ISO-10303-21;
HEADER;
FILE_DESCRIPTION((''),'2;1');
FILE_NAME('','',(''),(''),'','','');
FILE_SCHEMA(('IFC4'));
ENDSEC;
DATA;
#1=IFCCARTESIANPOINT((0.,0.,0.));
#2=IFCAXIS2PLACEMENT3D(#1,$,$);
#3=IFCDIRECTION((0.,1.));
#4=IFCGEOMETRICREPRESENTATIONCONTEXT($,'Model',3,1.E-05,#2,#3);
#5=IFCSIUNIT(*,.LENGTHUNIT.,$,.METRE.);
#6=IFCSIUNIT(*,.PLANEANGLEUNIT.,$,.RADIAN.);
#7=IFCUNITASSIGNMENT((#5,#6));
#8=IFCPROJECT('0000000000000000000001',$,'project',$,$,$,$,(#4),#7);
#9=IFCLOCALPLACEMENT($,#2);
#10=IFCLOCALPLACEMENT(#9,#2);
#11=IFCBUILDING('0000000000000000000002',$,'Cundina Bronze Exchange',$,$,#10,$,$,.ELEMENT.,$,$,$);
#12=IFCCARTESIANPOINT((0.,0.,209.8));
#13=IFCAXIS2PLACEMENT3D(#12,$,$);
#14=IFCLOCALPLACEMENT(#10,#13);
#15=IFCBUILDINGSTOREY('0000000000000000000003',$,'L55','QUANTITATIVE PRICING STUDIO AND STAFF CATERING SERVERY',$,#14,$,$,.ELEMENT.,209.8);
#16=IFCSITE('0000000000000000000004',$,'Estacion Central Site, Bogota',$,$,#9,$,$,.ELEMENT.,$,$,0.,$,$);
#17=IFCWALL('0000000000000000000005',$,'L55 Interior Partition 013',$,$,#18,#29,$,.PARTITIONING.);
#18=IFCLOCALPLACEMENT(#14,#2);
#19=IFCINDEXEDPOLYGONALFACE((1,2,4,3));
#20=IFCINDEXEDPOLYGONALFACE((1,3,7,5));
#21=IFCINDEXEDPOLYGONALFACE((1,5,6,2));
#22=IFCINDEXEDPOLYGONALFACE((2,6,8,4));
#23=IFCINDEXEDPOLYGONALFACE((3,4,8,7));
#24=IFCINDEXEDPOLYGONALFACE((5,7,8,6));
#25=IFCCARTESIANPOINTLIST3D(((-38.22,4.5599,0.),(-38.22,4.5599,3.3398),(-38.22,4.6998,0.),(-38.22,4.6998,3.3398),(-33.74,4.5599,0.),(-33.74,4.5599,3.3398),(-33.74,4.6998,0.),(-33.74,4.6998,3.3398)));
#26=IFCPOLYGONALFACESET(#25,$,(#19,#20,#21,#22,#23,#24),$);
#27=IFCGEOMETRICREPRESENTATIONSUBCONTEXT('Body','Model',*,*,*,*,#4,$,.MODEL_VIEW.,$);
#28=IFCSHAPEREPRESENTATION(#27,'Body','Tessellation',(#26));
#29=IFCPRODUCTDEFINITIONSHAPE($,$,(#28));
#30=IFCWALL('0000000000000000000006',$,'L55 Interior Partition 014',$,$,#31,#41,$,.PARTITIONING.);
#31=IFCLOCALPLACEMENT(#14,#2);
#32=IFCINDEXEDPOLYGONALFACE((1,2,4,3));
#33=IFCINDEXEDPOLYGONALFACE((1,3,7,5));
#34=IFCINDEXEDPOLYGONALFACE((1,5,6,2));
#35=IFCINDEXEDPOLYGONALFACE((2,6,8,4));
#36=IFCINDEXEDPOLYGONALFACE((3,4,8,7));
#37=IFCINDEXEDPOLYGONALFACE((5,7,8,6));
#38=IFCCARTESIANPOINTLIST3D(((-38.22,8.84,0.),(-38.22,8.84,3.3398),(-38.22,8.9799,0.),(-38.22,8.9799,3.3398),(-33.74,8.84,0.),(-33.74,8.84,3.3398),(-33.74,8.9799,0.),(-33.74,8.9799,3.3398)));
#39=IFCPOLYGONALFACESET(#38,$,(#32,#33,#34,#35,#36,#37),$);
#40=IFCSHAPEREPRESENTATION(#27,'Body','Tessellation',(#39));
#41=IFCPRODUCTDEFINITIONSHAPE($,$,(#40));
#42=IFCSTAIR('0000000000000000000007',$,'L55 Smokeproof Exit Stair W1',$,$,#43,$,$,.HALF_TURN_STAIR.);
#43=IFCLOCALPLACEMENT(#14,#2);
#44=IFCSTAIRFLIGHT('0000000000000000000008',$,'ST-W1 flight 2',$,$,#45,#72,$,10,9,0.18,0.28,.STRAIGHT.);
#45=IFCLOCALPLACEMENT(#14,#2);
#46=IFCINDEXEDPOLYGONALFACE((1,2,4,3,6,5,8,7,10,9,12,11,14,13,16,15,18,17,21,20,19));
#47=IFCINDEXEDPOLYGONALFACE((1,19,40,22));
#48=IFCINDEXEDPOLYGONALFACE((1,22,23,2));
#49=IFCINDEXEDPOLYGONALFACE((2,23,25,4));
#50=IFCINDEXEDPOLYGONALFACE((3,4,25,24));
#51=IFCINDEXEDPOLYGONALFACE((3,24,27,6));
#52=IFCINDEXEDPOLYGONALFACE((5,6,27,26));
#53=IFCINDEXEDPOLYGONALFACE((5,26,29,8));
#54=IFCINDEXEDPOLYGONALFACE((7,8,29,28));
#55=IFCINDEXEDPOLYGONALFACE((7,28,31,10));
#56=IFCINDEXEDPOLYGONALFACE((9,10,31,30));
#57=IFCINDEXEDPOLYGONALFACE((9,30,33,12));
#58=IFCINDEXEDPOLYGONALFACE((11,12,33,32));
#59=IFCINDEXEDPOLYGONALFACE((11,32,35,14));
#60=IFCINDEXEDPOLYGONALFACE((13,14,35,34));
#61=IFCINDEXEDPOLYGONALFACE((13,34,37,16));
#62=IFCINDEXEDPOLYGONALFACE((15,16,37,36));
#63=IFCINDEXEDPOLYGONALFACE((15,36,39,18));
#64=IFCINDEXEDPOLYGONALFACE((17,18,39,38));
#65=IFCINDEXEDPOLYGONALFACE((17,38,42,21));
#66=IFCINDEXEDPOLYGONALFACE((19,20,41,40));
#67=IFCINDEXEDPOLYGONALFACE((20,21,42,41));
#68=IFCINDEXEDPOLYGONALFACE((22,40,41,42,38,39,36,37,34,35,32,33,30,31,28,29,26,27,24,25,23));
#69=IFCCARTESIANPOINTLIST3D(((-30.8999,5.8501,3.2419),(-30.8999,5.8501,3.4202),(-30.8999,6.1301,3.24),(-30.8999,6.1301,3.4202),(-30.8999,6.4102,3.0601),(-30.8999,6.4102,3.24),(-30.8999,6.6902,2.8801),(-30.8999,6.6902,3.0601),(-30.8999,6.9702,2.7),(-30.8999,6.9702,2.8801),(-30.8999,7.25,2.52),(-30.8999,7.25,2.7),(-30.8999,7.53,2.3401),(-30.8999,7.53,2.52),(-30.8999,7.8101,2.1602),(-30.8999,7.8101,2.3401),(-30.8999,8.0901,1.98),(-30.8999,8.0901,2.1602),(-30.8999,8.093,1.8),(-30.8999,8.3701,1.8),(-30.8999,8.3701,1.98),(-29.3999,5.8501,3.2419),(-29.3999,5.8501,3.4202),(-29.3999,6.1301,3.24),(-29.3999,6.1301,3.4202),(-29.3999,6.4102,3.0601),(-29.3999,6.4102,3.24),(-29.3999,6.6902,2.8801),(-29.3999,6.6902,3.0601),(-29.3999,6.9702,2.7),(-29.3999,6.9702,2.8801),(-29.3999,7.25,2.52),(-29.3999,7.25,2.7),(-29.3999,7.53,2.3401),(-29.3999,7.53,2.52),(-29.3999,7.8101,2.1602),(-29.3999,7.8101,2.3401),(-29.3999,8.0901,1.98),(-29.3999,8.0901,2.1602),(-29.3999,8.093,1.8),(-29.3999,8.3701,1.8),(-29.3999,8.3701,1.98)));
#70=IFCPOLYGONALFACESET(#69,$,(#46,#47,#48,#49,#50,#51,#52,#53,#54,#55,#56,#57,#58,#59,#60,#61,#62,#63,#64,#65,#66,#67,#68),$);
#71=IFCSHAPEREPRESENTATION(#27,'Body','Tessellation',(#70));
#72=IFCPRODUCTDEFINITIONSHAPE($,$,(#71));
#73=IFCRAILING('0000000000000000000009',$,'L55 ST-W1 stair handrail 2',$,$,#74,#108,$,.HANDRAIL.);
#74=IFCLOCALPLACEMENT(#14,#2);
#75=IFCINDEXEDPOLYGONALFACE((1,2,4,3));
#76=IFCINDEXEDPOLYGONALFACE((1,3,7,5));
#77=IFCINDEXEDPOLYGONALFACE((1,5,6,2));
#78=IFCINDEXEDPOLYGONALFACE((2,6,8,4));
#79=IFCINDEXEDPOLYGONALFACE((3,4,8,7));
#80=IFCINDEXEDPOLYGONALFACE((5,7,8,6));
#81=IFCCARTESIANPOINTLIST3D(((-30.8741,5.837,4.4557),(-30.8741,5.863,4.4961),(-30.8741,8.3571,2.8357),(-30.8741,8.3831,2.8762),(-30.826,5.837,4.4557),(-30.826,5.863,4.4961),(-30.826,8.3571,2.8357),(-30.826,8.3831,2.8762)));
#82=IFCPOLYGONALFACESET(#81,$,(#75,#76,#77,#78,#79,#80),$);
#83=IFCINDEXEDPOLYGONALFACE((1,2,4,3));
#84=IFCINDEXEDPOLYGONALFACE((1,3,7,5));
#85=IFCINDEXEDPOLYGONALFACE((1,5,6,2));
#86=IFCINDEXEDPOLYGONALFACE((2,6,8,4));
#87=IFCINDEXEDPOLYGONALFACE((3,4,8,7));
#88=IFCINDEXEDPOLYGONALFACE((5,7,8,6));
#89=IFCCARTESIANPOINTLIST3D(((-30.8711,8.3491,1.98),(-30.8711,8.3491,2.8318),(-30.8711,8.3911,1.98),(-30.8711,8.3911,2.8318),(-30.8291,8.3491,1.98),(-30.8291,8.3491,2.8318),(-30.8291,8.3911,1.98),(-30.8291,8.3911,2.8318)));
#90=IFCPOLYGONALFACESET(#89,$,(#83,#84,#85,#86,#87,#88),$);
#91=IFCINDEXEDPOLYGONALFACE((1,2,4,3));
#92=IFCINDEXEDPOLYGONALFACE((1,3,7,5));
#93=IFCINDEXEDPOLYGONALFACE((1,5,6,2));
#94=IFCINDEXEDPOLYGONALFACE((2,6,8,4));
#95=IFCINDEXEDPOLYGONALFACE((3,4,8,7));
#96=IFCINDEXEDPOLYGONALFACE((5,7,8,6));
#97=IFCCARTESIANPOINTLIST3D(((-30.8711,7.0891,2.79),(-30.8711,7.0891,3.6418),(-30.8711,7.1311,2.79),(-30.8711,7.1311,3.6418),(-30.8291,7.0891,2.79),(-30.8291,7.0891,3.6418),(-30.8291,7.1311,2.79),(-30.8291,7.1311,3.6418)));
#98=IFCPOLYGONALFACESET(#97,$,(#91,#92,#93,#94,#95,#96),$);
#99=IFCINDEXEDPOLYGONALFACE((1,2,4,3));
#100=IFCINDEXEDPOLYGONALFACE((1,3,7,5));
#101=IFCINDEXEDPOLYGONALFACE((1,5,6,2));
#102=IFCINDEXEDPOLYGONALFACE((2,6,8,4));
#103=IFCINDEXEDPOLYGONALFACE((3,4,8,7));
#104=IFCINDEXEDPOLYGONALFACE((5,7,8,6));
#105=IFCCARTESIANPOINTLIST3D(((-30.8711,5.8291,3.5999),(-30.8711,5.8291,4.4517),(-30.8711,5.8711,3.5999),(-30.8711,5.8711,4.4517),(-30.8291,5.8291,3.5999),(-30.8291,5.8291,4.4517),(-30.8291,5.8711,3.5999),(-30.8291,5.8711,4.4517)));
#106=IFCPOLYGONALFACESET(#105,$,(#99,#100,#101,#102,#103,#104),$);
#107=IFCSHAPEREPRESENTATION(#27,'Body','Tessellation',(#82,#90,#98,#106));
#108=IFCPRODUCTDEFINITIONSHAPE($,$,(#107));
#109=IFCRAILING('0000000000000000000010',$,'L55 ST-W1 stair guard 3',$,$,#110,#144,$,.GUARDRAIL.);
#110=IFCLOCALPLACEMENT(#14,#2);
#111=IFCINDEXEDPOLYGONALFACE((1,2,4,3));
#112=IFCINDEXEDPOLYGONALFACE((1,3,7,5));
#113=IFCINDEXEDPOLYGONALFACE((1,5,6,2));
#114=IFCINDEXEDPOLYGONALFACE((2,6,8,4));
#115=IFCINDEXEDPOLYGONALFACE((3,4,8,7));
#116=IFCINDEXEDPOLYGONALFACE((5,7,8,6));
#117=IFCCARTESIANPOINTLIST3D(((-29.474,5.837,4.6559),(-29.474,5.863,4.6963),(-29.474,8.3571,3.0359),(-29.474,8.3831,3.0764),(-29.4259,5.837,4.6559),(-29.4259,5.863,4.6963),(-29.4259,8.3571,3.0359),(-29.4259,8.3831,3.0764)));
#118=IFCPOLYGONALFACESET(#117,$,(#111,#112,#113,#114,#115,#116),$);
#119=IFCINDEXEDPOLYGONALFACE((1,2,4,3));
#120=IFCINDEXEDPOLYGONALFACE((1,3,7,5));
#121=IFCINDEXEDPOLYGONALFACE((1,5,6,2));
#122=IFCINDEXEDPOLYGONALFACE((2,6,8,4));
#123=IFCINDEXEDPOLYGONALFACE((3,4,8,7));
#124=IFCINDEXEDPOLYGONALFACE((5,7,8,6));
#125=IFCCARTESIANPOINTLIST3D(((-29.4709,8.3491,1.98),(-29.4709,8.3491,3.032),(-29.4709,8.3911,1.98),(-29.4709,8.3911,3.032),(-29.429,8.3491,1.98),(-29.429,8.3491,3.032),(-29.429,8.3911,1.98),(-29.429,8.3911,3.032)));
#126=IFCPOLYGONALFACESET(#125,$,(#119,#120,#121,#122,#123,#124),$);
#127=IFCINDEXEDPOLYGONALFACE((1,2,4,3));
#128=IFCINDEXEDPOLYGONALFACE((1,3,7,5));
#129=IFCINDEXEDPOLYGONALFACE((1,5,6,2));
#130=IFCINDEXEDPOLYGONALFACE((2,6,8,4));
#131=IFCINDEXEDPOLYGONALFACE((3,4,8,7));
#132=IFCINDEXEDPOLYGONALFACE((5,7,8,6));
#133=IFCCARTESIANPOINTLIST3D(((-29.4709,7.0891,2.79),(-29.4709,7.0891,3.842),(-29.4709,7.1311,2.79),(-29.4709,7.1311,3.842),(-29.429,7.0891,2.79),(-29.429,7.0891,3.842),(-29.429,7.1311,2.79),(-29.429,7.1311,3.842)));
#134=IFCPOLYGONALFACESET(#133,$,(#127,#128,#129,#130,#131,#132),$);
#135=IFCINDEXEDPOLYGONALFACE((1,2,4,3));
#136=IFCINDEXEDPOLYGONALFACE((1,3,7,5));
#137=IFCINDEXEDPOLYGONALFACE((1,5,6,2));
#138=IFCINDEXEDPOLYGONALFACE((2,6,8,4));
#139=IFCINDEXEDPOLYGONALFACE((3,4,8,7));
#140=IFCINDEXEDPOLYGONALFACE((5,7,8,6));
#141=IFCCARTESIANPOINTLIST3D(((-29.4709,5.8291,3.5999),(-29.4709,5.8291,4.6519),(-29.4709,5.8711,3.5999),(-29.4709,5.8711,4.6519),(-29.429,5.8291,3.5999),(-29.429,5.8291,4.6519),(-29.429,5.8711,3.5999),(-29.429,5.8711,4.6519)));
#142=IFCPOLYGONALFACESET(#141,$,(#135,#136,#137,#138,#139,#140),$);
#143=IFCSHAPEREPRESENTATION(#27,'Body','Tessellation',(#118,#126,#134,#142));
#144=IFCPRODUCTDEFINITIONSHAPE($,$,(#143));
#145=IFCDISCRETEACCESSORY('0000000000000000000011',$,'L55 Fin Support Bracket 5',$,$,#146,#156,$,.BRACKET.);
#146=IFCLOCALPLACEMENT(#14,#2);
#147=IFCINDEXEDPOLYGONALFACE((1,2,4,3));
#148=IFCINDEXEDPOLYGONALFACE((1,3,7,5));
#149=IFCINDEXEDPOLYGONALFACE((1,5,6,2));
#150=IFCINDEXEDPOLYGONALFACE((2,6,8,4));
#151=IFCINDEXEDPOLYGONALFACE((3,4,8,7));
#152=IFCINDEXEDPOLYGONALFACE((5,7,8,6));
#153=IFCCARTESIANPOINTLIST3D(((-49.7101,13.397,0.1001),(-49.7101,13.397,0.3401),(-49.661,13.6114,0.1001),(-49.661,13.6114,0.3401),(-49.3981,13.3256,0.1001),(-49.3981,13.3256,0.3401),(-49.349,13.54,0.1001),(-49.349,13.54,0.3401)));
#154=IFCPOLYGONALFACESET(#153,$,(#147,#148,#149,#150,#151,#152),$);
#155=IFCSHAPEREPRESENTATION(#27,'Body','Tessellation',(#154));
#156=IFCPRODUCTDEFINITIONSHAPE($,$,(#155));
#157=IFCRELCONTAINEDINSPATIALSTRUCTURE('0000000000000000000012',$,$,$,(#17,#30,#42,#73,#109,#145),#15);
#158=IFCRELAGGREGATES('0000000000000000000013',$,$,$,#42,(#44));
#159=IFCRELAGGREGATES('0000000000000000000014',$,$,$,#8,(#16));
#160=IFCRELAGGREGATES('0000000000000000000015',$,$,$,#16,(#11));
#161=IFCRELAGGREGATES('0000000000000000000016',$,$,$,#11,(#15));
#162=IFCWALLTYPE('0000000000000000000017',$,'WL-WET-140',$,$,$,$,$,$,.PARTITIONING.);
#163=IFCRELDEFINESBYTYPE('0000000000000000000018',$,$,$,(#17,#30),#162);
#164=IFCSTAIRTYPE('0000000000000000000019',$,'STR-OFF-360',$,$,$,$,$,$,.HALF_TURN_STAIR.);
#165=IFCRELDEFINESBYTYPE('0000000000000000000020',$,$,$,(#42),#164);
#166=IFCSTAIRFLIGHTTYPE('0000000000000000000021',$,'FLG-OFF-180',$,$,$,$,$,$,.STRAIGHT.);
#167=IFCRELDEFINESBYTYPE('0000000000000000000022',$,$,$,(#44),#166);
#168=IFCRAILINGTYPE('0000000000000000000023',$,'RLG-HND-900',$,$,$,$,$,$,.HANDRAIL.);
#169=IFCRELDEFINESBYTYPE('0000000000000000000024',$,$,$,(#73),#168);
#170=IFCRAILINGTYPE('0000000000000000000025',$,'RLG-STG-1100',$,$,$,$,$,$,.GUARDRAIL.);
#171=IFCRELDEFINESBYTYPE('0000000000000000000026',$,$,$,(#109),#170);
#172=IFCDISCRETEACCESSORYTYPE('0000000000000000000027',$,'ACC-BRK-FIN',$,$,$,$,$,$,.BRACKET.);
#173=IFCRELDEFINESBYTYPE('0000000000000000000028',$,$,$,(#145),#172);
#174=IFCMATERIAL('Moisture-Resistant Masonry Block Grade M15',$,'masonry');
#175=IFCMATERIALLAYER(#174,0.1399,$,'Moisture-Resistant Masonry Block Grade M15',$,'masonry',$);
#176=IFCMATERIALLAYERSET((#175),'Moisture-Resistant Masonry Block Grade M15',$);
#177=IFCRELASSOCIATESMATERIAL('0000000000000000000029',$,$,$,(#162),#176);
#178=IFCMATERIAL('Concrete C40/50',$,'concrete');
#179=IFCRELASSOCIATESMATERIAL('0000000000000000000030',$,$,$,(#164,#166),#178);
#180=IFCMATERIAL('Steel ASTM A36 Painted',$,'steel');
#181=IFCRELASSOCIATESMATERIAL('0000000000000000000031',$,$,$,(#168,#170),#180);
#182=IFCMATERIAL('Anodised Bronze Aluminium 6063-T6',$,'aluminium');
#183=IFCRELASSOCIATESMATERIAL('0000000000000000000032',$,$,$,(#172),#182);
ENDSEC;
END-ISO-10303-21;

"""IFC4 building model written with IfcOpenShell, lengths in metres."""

from ifc_helpers import new_model, si_unit, direction, frame, frame_2d, origin, origin_2d, place, context, subcontext, project, spatial, polyline, rectangle, outline, extrude, material, layer, layer_set, type_object, element, aggregate, save


model = new_model("IFC4")

# Units and contexts
model_context = context("Model", 3, precision=1e-05, world=origin(), true_north=direction((0.0, 1.0)))
body_context = subcontext(model_context, "Body", "Model", "MODEL_VIEW")
ifc_project = project(units=[si_unit("LENGTHUNIT", "METRE"), si_unit("PLANEANGLEUNIT", "RADIAN")], contexts=[model_context])

# Site, building, storey
site_placement = place(None, origin())
site = spatial("IfcSite", under=ifc_project, at=site_placement, Name="Estacion Central Site, Bogota", CompositionType="ELEMENT", RefElevation=0.0)
building_placement = place(site_placement, origin())
building = spatial("IfcBuilding", under=site, at=building_placement, Name="Cundina Bronze Exchange", CompositionType="ELEMENT")
storey_placement = place(building_placement, frame((0.0, 0.0, 209.8)))
storey = spatial("IfcBuildingStorey", under=building, at=storey_placement, Name="L55", Description="QUANTITATIVE PRICING STUDIO AND STAFF CATERING SERVERY", CompositionType="ELEMENT", Elevation=209.8)

# Shared definitions
ifc_material_1 = material(Name="Anodised Bronze Aluminium 6063-T6", Category="aluminium")

# Shared definitions
ifc_material_2 = material(Name="Steel ASTM A36 Painted", Category="steel")

# Walls
ifc_material_3 = material(Name="Moisture-Resistant Masonry Block Grade M15", Category="masonry")
ifc_layer_1 = layer(ifc_material_3, 0.1399, Name="Moisture-Resistant Masonry Block Grade M15", Category="masonry")
ifc_layer_set_1 = layer_set([ifc_layer_1], Name="Moisture-Resistant Masonry Block Grade M15")
wall_type_1 = type_object("IfcWallType", Name="WL-WET-140", PredefinedType="PARTITIONING", material=ifc_layer_set_1)
for number, where, z_axis, x_axis, name in (
    (1, (-38.22, 4.6299, 0.0), (0.0, 0.0, 1.0), (1.0, 0.0, 0.0), "L55 Interior Partition 013"),
    (2, (-38.22, 8.9099, 0.0), (0.0, 0.0, 1.0), (1.0, 0.0, 0.0), "L55 Interior Partition 014"),
):
    element("IfcWall", number, at=place(storey_placement, frame(where, z_axis=z_axis, x_axis=x_axis)), inside=storey, type_object=wall_type_1, Name=name, PredefinedType="PARTITIONING", context=body_context, shape_type="SweptSolid", body=[
        extrude(rectangle(XDim=4.48, YDim=0.1399, at=frame_2d((2.24, 0.0))), origin(), (0.0, 0.0, 1.0), 3.3398),
    ])

# Stair, stair flight
ifc_material_4 = material(Name="Concrete C40/50", Category="concrete")
stair_type = type_object("IfcStairType", Name="STR-OFF-360", PredefinedType="HALF_TURN_STAIR", material=ifc_material_4)
stair_placement = place(storey_placement, origin())
stair = element("IfcStair", 3, at=stair_placement, inside=storey, type_object=stair_type, Name="L55 Smokeproof Exit Stair W1", PredefinedType="HALF_TURN_STAIR")
stair_flight_type = type_object("IfcStairFlightType", Name="FLG-OFF-180", PredefinedType="STRAIGHT", material=ifc_material_4)
stair_flight_placement = place(storey_placement, frame((-30.1499, 8.3701, 1.8), z_axis=(0.0, 0.0, 1.0), x_axis=(0.0, -1.0, 0.0)))
stair_flight = element("IfcStairFlight", 4, at=stair_flight_placement, type_object=stair_flight_type, Name="ST-W1 flight 2", NumberOfRisers=10, NumberOfTreads=9, PredefinedType="STRAIGHT", RiserHeight=0.18, TreadLength=0.28, context=body_context, shape_type="SweptSolid", body=[
    extrude(outline(polyline([(0.0, 0.0), (0.0, 0.1799), (0.28, 0.1799), (0.28, 0.3601), (0.5601, 0.3601), (0.5601, 0.54), (0.8401, 0.54), (0.8401, 0.72), (1.1201, 0.72), (1.1201, 0.8999), (1.3999, 0.8999), (1.3999, 1.0801), (1.6799, 1.0801), (1.6799, 1.26), (1.96, 1.26), (1.96, 1.4399), (2.24, 1.4399), (2.24, 1.6201), (2.52, 1.6201), (2.52, 1.8), (2.52, 1.4419), (0.2771, 0.0), (0.0, 0.0)])), frame((0.0, 0.75, 0.0), z_axis=(0.0, -1.0, 0.0), x_axis=(1.0, 0.0, 0.0)), (0.0, 0.0, 1.0), 1.5),
])
aggregate(stair, [stair_flight])

# Railings
railing_type_1 = type_object("IfcRailingType", Name="RLG-HND-900", PredefinedType="HANDRAIL", material=ifc_material_2)
railing_1_placement = place(storey_placement, frame((-30.8501, 8.3701, 1.98)))
element("IfcRailing", 5, at=railing_1_placement, inside=storey, type_object=railing_type_1, Name="L55 ST-W1 stair handrail 2", PredefinedType="HANDRAIL", context=body_context, shape_type="SweptSolid", body=[
    extrude(rectangle(XDim=0.0481, YDim=0.0481, at=origin_2d()), frame((0.0, 0.0, 0.876), z_axis=(0.0, -0.8412, 0.540725), x_axis=(1.0, 0.0, 0.0)), (0.0, 0.0, 1.0), 2.9958),
    extrude(rectangle(XDim=0.042, YDim=0.042, at=origin_2d()), origin(), (0.0, 0.0, 1.0), 0.8518),
    extrude(rectangle(XDim=0.042, YDim=0.042, at=origin_2d()), frame((0.0, -1.26, 0.8101)), (0.0, 0.0, 1.0), 0.8518),
    extrude(rectangle(XDim=0.042, YDim=0.042, at=origin_2d()), frame((0.0, -2.52, 1.6199)), (0.0, 0.0, 1.0), 0.8518),
])
railing_type_2 = type_object("IfcRailingType", Name="RLG-STG-1100", PredefinedType="GUARDRAIL", material=ifc_material_2)
railing_2_placement = place(storey_placement, frame((-29.45, 8.3701, 1.98)))
element("IfcRailing", 6, at=railing_2_placement, inside=storey, type_object=railing_type_2, Name="L55 ST-W1 stair guard 3", PredefinedType="GUARDRAIL", context=body_context, shape_type="SweptSolid", body=[
    extrude(rectangle(XDim=0.0481, YDim=0.0481, at=origin_2d()), frame((0.0, 0.0, 1.0762), z_axis=(0.0, -0.8412, 0.540725), x_axis=(1.0, 0.0, 0.0)), (0.0, 0.0, 1.0), 2.9958),
    extrude(rectangle(XDim=0.042, YDim=0.042, at=origin_2d()), origin(), (0.0, 0.0, 1.0), 1.052),
    extrude(rectangle(XDim=0.042, YDim=0.042, at=origin_2d()), frame((0.0, -1.26, 0.8101)), (0.0, 0.0, 1.0), 1.052),
    extrude(rectangle(XDim=0.042, YDim=0.042, at=origin_2d()), frame((0.0, -2.52, 1.6199)), (0.0, 0.0, 1.0), 1.052),
])

# Discrete accessory
discrete_accessory_type = type_object("IfcDiscreteAccessoryType", Name="ACC-BRK-FIN", PredefinedType="BRACKET", material=ifc_material_1)
discrete_accessory_placement = place(storey_placement, frame((-49.5295, 13.4685, 0.1001), z_axis=(0.0, 0.0, 1.0), x_axis=(-0.223284, -0.974753, 0.0)))
element("IfcDiscreteAccessory", 7, at=discrete_accessory_placement, inside=storey, type_object=discrete_accessory_type, Name="L55 Fin Support Bracket 5", PredefinedType="BRACKET", context=body_context, shape_type="SweptSolid", body=[
    extrude(rectangle(XDim=0.22, YDim=0.3201, at=origin_2d()), origin(), (0.0, 0.0, 1.0), 0.24),
])

save(model, "model.ifc")
